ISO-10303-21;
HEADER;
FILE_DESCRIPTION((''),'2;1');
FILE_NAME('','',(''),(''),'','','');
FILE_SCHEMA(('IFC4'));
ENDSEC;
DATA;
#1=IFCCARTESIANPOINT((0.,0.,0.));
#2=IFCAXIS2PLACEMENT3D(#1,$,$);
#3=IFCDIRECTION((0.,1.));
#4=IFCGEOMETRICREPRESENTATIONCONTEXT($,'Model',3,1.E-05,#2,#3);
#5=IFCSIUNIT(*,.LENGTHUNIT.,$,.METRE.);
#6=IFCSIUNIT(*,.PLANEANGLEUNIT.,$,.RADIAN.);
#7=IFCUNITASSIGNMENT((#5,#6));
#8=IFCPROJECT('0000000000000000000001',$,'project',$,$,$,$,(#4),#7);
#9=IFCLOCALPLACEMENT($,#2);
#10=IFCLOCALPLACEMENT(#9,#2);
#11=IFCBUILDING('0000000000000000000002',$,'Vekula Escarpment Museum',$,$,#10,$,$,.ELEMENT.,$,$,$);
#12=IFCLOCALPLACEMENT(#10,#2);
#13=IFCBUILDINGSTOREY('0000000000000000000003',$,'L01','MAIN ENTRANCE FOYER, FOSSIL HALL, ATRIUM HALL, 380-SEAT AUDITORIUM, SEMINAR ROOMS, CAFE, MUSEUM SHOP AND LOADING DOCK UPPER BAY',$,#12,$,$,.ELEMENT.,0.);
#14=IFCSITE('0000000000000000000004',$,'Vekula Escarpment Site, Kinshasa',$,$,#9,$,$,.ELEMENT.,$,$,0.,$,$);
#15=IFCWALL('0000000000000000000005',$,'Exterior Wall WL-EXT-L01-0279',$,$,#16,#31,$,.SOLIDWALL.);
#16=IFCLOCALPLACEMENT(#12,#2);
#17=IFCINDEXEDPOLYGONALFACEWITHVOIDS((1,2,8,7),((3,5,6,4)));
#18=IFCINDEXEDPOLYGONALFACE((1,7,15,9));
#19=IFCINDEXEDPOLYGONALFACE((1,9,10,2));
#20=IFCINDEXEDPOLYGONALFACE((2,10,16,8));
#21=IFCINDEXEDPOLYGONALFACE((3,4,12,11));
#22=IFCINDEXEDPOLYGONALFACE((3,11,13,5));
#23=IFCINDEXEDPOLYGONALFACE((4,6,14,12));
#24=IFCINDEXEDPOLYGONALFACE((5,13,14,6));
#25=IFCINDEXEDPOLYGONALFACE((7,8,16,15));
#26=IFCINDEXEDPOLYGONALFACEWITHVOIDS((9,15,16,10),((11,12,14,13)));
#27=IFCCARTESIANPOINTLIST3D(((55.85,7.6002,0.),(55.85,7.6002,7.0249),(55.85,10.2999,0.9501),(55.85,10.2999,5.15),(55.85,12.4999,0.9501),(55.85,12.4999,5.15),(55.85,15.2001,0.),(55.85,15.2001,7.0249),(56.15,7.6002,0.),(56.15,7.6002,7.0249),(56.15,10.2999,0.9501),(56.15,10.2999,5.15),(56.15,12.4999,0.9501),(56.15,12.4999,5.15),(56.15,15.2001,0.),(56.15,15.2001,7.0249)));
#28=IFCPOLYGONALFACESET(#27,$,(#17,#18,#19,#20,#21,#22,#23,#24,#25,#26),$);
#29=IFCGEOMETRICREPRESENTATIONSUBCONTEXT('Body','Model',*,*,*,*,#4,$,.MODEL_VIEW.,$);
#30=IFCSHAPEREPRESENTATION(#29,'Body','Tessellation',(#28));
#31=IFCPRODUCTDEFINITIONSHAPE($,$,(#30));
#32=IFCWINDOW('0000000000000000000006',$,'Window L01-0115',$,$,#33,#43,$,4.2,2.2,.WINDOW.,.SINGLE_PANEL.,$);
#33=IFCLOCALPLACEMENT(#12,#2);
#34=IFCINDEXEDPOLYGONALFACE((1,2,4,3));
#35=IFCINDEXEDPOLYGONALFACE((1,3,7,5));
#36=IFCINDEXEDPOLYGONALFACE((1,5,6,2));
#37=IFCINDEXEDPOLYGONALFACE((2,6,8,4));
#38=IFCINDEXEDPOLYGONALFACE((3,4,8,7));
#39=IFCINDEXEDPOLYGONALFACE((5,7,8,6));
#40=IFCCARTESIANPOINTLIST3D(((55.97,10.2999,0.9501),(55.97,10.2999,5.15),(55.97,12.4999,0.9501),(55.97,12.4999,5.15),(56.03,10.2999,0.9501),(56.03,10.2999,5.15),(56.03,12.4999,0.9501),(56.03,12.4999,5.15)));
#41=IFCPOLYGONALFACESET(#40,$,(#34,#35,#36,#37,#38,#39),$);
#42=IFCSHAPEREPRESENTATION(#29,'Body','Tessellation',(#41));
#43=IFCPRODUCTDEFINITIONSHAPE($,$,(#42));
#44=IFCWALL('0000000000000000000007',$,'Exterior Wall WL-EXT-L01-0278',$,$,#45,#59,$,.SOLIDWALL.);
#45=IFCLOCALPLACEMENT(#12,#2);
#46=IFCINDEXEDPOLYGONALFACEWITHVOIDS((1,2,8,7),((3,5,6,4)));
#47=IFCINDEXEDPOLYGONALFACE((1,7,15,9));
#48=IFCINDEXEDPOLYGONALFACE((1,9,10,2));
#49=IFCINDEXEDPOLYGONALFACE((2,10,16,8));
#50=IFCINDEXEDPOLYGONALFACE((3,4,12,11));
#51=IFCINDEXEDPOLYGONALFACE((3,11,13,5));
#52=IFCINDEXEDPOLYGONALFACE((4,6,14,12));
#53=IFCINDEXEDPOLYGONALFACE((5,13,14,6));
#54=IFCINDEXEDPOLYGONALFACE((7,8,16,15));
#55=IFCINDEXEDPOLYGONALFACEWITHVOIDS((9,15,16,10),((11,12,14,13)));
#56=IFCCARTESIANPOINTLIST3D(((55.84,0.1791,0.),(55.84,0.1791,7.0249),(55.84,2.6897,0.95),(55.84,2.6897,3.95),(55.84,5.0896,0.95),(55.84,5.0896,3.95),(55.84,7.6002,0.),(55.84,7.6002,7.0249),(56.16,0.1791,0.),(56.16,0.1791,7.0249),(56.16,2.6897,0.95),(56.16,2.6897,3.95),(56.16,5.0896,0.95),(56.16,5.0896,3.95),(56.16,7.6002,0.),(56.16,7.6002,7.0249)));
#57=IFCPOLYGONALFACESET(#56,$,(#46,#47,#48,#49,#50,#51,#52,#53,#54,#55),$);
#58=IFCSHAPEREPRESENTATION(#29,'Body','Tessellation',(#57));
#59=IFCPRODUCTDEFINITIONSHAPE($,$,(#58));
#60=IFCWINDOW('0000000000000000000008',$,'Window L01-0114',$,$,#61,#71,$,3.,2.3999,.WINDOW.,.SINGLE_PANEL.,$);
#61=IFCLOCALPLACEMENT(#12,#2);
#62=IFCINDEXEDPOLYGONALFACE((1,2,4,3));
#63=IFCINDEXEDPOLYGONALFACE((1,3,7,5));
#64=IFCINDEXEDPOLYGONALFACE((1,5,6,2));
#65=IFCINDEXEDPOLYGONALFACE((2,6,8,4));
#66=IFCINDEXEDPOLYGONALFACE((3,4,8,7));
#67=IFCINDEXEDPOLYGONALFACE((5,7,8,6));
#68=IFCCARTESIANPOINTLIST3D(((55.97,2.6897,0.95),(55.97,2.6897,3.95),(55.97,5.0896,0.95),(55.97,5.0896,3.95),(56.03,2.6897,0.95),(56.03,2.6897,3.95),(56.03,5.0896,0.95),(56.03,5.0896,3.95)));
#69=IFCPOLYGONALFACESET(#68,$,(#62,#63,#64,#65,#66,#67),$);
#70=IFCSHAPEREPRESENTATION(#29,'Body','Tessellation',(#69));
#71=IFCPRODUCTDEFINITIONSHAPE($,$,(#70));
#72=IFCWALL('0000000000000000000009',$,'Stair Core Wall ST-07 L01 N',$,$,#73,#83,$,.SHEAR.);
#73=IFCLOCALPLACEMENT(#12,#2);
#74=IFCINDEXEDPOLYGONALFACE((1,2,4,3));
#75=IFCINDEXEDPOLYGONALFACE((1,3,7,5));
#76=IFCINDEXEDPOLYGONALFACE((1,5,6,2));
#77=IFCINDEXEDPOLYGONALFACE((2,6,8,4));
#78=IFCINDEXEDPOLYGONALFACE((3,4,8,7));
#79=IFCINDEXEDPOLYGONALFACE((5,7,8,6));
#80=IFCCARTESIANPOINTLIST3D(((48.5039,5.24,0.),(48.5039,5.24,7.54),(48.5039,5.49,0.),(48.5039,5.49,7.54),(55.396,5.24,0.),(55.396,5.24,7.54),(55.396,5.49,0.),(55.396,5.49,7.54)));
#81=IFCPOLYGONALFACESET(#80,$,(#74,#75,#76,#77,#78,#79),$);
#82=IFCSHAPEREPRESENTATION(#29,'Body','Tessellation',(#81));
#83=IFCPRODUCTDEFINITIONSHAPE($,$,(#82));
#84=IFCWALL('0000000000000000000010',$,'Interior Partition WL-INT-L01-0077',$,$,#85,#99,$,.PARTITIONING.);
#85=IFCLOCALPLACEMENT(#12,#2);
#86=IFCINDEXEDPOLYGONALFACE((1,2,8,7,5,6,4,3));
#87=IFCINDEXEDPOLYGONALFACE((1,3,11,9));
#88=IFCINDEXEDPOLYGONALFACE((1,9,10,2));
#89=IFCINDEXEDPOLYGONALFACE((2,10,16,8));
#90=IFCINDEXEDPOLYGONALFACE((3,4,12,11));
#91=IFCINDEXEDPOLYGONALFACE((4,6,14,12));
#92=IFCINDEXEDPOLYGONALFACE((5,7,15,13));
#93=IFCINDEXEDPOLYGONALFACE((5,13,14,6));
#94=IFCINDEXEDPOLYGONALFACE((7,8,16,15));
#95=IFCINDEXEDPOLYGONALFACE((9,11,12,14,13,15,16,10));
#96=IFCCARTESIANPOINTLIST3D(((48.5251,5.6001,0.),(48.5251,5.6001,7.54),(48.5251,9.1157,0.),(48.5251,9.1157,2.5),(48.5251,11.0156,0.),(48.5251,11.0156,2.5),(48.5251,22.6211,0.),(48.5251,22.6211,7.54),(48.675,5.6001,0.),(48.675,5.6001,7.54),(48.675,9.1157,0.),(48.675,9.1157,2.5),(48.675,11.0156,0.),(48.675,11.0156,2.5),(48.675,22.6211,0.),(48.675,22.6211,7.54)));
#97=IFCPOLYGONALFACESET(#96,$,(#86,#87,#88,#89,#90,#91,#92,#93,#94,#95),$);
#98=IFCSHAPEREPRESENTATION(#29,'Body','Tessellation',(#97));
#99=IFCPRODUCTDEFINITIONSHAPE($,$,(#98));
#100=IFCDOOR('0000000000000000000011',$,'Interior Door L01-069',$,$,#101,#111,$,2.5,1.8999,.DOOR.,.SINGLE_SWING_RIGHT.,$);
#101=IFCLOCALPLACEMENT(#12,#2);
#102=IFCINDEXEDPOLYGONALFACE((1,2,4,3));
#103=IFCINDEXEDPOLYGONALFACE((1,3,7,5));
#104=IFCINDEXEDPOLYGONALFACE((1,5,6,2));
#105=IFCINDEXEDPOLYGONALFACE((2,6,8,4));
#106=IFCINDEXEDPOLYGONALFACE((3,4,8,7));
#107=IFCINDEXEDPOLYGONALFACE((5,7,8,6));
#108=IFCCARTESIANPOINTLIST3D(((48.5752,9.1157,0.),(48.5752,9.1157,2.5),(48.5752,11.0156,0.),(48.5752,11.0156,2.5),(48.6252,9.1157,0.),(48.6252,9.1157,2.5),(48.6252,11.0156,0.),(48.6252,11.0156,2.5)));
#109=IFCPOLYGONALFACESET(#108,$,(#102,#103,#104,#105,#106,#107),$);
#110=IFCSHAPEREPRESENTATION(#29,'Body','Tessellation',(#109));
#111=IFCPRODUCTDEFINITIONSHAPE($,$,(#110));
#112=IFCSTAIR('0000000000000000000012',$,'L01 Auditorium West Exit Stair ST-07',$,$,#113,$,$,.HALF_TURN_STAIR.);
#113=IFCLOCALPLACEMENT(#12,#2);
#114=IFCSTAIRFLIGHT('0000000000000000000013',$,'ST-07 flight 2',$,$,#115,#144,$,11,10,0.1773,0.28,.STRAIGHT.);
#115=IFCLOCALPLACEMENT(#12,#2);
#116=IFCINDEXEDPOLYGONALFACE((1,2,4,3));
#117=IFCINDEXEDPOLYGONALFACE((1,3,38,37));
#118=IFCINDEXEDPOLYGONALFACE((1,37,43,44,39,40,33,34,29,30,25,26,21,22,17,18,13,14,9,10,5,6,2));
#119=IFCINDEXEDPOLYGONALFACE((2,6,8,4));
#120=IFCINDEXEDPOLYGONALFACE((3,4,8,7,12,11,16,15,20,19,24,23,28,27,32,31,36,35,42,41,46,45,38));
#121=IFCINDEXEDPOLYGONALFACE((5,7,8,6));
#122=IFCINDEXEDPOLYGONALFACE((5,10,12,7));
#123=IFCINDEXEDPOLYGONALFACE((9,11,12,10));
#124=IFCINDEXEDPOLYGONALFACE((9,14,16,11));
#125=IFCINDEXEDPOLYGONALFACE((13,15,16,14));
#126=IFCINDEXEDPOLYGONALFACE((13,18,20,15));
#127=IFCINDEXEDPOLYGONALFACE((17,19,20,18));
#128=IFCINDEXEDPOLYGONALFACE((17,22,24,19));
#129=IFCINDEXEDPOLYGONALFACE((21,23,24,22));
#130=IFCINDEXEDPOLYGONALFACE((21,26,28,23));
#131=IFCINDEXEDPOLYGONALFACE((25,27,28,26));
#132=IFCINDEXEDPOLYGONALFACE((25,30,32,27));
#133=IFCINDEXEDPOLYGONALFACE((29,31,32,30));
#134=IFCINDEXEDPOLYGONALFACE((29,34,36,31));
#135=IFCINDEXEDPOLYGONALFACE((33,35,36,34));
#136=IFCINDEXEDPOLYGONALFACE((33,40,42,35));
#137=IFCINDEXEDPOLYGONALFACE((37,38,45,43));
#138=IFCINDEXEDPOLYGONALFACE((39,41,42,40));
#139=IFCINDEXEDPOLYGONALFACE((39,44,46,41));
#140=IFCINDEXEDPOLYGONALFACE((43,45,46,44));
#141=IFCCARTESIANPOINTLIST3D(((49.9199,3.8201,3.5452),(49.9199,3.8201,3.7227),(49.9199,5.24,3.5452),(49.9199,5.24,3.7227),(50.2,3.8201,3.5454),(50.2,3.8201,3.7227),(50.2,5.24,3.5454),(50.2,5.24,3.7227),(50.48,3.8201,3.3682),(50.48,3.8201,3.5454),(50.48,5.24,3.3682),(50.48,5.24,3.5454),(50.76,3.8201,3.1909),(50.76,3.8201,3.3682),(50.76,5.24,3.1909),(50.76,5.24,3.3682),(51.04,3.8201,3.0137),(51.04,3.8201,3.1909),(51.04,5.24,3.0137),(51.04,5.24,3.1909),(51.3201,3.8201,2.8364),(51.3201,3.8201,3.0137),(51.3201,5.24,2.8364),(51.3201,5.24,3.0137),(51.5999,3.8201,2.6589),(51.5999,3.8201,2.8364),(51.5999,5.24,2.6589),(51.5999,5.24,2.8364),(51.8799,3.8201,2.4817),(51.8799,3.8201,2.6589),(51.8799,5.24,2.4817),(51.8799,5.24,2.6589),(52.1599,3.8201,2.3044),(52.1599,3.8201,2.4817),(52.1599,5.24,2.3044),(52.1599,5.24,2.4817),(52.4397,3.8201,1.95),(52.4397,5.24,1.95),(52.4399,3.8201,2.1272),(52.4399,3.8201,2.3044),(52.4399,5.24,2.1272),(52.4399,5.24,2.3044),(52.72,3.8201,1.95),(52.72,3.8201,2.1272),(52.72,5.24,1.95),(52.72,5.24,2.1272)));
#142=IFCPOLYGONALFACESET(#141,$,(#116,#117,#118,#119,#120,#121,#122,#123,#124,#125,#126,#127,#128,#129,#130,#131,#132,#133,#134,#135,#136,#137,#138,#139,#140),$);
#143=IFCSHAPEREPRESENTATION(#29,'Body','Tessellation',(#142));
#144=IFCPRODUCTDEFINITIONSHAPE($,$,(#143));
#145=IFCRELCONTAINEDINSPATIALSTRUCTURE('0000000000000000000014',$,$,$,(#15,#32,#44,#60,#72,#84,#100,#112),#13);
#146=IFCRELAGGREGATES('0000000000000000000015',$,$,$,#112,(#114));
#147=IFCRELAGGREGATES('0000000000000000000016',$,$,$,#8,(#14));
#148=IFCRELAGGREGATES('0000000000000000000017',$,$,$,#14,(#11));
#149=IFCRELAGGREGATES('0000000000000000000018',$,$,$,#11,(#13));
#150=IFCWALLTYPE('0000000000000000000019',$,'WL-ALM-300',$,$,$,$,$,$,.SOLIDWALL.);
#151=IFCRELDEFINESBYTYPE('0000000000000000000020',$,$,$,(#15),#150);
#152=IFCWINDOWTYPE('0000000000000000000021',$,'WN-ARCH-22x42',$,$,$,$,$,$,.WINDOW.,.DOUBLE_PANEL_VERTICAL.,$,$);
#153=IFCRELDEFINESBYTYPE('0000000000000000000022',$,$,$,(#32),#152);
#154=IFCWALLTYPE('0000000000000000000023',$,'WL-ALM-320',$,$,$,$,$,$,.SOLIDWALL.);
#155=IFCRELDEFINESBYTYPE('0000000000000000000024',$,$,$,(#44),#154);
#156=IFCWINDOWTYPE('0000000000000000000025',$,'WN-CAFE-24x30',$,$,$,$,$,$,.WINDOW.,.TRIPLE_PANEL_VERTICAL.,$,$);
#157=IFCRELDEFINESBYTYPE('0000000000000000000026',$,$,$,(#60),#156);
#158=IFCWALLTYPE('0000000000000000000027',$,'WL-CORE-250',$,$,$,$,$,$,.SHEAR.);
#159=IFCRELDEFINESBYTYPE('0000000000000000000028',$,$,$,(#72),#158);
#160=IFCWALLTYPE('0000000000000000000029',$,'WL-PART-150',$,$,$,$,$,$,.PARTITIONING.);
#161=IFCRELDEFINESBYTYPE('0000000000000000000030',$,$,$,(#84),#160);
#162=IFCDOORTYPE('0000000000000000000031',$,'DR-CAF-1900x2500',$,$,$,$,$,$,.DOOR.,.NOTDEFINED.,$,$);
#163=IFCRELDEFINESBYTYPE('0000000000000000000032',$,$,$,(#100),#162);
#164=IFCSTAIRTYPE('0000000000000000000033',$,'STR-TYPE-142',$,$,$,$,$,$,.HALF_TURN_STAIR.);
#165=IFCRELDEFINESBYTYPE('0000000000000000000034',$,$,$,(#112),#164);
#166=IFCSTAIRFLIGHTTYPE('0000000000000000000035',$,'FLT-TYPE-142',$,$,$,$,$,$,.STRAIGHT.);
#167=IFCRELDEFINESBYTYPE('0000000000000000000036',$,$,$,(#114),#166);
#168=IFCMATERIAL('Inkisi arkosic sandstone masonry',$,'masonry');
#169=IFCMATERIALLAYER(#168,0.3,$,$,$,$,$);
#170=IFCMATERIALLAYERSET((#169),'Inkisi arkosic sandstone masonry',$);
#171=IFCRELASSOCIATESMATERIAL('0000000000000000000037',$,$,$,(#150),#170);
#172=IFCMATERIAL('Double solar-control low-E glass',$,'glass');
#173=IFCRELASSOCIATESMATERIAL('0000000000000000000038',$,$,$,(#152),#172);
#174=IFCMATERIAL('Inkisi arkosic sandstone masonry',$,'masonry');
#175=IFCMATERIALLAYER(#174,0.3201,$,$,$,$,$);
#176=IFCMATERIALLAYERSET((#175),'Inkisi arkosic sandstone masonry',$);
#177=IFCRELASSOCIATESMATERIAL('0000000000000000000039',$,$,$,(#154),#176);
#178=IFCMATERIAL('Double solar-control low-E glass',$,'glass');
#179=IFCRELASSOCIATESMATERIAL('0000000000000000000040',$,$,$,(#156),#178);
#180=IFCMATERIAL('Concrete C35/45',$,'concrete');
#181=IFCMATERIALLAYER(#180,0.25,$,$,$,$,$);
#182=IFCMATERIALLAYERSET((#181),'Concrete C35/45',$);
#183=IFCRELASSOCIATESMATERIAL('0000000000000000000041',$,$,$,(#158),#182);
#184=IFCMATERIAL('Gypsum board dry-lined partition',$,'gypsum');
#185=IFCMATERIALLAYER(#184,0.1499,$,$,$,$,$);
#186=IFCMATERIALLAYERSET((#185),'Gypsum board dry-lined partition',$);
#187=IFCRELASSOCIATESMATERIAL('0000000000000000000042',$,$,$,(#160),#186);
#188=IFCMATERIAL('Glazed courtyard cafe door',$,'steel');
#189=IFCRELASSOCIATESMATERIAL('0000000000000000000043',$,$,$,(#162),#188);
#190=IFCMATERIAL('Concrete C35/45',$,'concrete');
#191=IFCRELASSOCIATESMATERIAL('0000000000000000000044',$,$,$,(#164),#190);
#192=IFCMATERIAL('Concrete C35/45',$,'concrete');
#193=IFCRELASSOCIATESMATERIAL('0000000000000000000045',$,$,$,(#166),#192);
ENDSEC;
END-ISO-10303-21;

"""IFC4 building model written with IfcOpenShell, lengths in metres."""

from ifc_helpers import new_model, si_unit, direction, frame, frame_2d, origin, place, context, subcontext, project, spatial, polyline, rectangle, outline, extrude, material, layer, layer_set, type_object, element, fill, aggregate, save


model = new_model("IFC4")

# Units and contexts
model_context = context("Model", 3, precision=1e-05, world=origin(), true_north=direction((0.0, 1.0)))
body_context = subcontext(model_context, "Body", "Model", "MODEL_VIEW")
ifc_project = project(units=[si_unit("LENGTHUNIT", "METRE"), si_unit("PLANEANGLEUNIT", "RADIAN")], contexts=[model_context])

# Site, building, storey
site_placement = place(None, origin())
site = spatial("IfcSite", under=ifc_project, at=site_placement, Name="Vekula Escarpment Site, Kinshasa", CompositionType="ELEMENT", RefElevation=0.0)
building_placement = place(site_placement, origin())
building = spatial("IfcBuilding", under=site, at=building_placement, Name="Vekula Escarpment Museum", CompositionType="ELEMENT")
storey_placement = place(building_placement, origin())
storey = spatial("IfcBuildingStorey", under=building, at=storey_placement, Name="L01", Description="MAIN ENTRANCE FOYER, FOSSIL HALL, ATRIUM HALL, 380-SEAT AUDITORIUM, SEMINAR ROOMS, CAFE, MUSEUM SHOP AND LOADING DOCK UPPER BAY", CompositionType="ELEMENT", Elevation=0.0)

# Walls, openings, windows
ifc_material_1 = material(Name="Inkisi arkosic sandstone masonry", Category="masonry")
ifc_layer_1 = layer(ifc_material_1, 0.3)
ifc_layer_set_1 = layer_set([ifc_layer_1], Name="Inkisi arkosic sandstone masonry")
wall_type_1 = type_object("IfcWallType", Name="WL-ALM-300", PredefinedType="SOLIDWALL", material=ifc_layer_set_1)
wall_1_placement = place(storey_placement, frame((56.0, 15.2, 0.0), z_axis=(0.0, 0.0, 1.0), x_axis=(0.0, -1.0, 0.0)))
wall_1 = element("IfcWall", 1, at=wall_1_placement, inside=storey, type_object=wall_type_1, Name="Exterior Wall WL-EXT-L01-0279", PredefinedType="SOLIDWALL", context=body_context, shape_type="SweptSolid", body=[
    extrude(rectangle(XDim=7.5999, YDim=0.3, at=frame_2d((3.7998, 0.0))), origin(), (0.0, 0.0, 1.0), 7.0249),
])
opening_1_placement = place(wall_1_placement, frame((2.7, 0.0, 0.95)))
opening_1 = element("IfcOpeningElement", 2, at=opening_1_placement, cuts=wall_1, PredefinedType="OPENING", context=body_context, shape_type="SweptSolid", body=[
    extrude(rectangle(XDim=2.2, YDim=4.2, at=frame_2d((1.1001, 2.1001))), frame((0.0, 0.1599, 0.0), z_axis=(0.0, -1.0, 0.0), x_axis=(1.0, 0.0, 0.0)), (0.0, 0.0, 1.0), 0.3201),
])
ifc_material_2 = material(Name="Double solar-control low-E glass", Category="glass")
window_type_1 = type_object("IfcWindowType", Name="WN-ARCH-22x42", PartitioningType="DOUBLE_PANEL_VERTICAL", PredefinedType="WINDOW", material=ifc_material_2)
window_1_placement = place(opening_1_placement, origin())
window_1 = element("IfcWindow", 3, at=window_1_placement, inside=storey, type_object=window_type_1, Name="Window L01-0115", OverallHeight=4.2, OverallWidth=2.2, PartitioningType="SINGLE_PANEL", PredefinedType="WINDOW", context=body_context, shape_type="SweptSolid", body=[
    extrude(rectangle(XDim=2.2, YDim=4.2, at=frame_2d((1.1001, 2.1001))), frame((0.0, 0.03, 0.0), z_axis=(0.0, -1.0, 0.0), x_axis=(1.0, 0.0, 0.0)), (0.0, 0.0, 1.0), 0.0601),
])
fill(opening_1, window_1)
ifc_material_3 = material(Name="Inkisi arkosic sandstone masonry", Category="masonry")
ifc_layer_2 = layer(ifc_material_3, 0.3201)
ifc_layer_set_2 = layer_set([ifc_layer_2], Name="Inkisi arkosic sandstone masonry")
wall_type_2 = type_object("IfcWallType", Name="WL-ALM-320", PredefinedType="SOLIDWALL", material=ifc_layer_set_2)
wall_2_placement = place(storey_placement, frame((56.0, 7.6001, 0.0), z_axis=(0.0, 0.0, 1.0), x_axis=(0.0, -1.0, 0.0)))
wall_2 = element("IfcWall", 4, at=wall_2_placement, inside=storey, type_object=wall_type_2, Name="Exterior Wall WL-EXT-L01-0278", PredefinedType="SOLIDWALL", context=body_context, shape_type="SweptSolid", body=[
    extrude(rectangle(XDim=7.4211, YDim=0.3201, at=frame_2d((3.7104, 0.0))), origin(), (0.0, 0.0, 1.0), 7.0249),
])
opening_2_placement = place(wall_2_placement, frame((2.5105, 0.0, 0.95)))
opening_2 = element("IfcOpeningElement", 5, at=opening_2_placement, cuts=wall_2, PredefinedType="OPENING", context=body_context, shape_type="SweptSolid", body=[
    extrude(rectangle(XDim=2.3999, YDim=3.0, at=frame_2d((1.2, 1.5))), frame((0.0, 0.1699, 0.0), z_axis=(0.0, -1.0, 0.0), x_axis=(1.0, 0.0, 0.0)), (0.0, 0.0, 1.0), 0.3401),
])
ifc_material_4 = material(Name="Double solar-control low-E glass", Category="glass")
window_type_2 = type_object("IfcWindowType", Name="WN-CAFE-24x30", PartitioningType="TRIPLE_PANEL_VERTICAL", PredefinedType="WINDOW", material=ifc_material_4)
window_2_placement = place(opening_2_placement, origin())
window_2 = element("IfcWindow", 6, at=window_2_placement, inside=storey, type_object=window_type_2, Name="Window L01-0114", OverallHeight=3.0, OverallWidth=2.3999, PartitioningType="SINGLE_PANEL", PredefinedType="WINDOW", context=body_context, shape_type="SweptSolid", body=[
    extrude(rectangle(XDim=2.3999, YDim=3.0, at=frame_2d((1.2, 1.5))), frame((0.0, 0.03, 0.0), z_axis=(0.0, -1.0, 0.0), x_axis=(1.0, 0.0, 0.0)), (0.0, 0.0, 1.0), 0.0601),
])
fill(opening_2, window_2)

# Wall
ifc_material_5 = material(Name="Concrete C35/45", Category="concrete")
ifc_layer_3 = layer(ifc_material_5, 0.25)
ifc_layer_set_3 = layer_set([ifc_layer_3], Name="Concrete C35/45")
wall_type_3 = type_object("IfcWallType", Name="WL-CORE-250", PredefinedType="SHEAR", material=ifc_layer_set_3)
wall_3_placement = place(storey_placement, frame((48.5039, 5.365, 0.0), z_axis=(0.0, 0.0, 1.0), x_axis=(1.0, 0.0, 0.0)))
element("IfcWall", 7, at=wall_3_placement, inside=storey, type_object=wall_type_3, Name="Stair Core Wall ST-07 L01 N", PredefinedType="SHEAR", context=body_context, shape_type="SweptSolid", body=[
    extrude(rectangle(XDim=6.8921, YDim=0.25, at=frame_2d((3.446, 0.0))), origin(), (0.0, 0.0, 1.0), 7.54),
])

# Wall, opening, door
ifc_material_6 = material(Name="Gypsum board dry-lined partition", Category="gypsum")
ifc_layer_4 = layer(ifc_material_6, 0.1499)
ifc_layer_set_4 = layer_set([ifc_layer_4], Name="Gypsum board dry-lined partition")
wall_type_4 = type_object("IfcWallType", Name="WL-PART-150", PredefinedType="PARTITIONING", material=ifc_layer_set_4)
wall_4_placement = place(storey_placement, frame((48.6001, 5.6001, 0.0), z_axis=(0.0, 0.0, 1.0), x_axis=(0.0, 1.0, 0.0)))
wall_4 = element("IfcWall", 8, at=wall_4_placement, inside=storey, type_object=wall_type_4, Name="Interior Partition WL-INT-L01-0077", PredefinedType="PARTITIONING", context=body_context, shape_type="SweptSolid", body=[
    extrude(rectangle(XDim=17.021, YDim=0.1499, at=frame_2d((8.5105, 0.0))), origin(), (0.0, 0.0, 1.0), 7.54),
])
opening_3_placement = place(wall_4_placement, frame((3.5156, 0.0, 0.0)))
opening_3 = element("IfcOpeningElement", 9, at=opening_3_placement, cuts=wall_4, PredefinedType="OPENING", context=body_context, shape_type="SweptSolid", body=[
    extrude(rectangle(XDim=1.8999, YDim=2.5, at=frame_2d((0.95, 1.25))), frame((0.0, 0.085, 0.0), z_axis=(0.0, -1.0, 0.0), x_axis=(1.0, 0.0, 0.0)), (0.0, 0.0, 1.0), 0.1699),
])
ifc_material_7 = material(Name="Glazed courtyard cafe door", Category="steel")
door_type = type_object("IfcDoorType", Name="DR-CAF-1900x2500", OperationType="NOTDEFINED", PredefinedType="DOOR", material=ifc_material_7)
door_placement = place(opening_3_placement, origin())
door = element("IfcDoor", 10, at=door_placement, inside=storey, type_object=door_type, Name="Interior Door L01-069", OperationType="SINGLE_SWING_RIGHT", OverallHeight=2.5, OverallWidth=1.8999, PredefinedType="DOOR", context=body_context, shape_type="SweptSolid", body=[
    extrude(rectangle(XDim=1.8999, YDim=2.5, at=frame_2d((0.95, 1.25))), frame((0.0, 0.0249, 0.0), z_axis=(0.0, -1.0, 0.0), x_axis=(1.0, 0.0, 0.0)), (0.0, 0.0, 1.0), 0.05),
])
fill(opening_3, door)

# Stair, stair flight
ifc_material_8 = material(Name="Concrete C35/45", Category="concrete")
stair_type = type_object("IfcStairType", Name="STR-TYPE-142", PredefinedType="HALF_TURN_STAIR", material=ifc_material_8)
stair_placement = place(storey_placement, origin())
stair = element("IfcStair", 11, at=stair_placement, inside=storey, type_object=stair_type, Name="L01 Auditorium West Exit Stair ST-07", PredefinedType="HALF_TURN_STAIR")
ifc_material_9 = material(Name="Concrete C35/45", Category="concrete")
stair_flight_type = type_object("IfcStairFlightType", Name="FLT-TYPE-142", PredefinedType="STRAIGHT", material=ifc_material_9)
stair_flight_1_placement = place(storey_placement, frame((52.72, 4.53, 1.95), z_axis=(0.0, 0.0, 1.0), x_axis=(-1.0, 0.0, 0.0)))
stair_flight_1 = element("IfcStairFlight", 12, at=stair_flight_1_placement, type_object=stair_flight_type, Name="ST-07 flight 2", NumberOfRisers=11, NumberOfTreads=10, PredefinedType="STRAIGHT", RiserHeight=0.1773, TreadLength=0.28, context=body_context, shape_type="SweptSolid", body=[
    extrude(outline(polyline([(0.0, 0.0), (0.0, 0.1772), (0.28, 0.1772), (0.28, 0.3545), (0.5601, 0.3545), (0.5601, 0.5317), (0.8401, 0.5317), (0.8401, 0.709), (1.1201, 0.709), (1.1201, 0.8865), (1.3999, 0.8865), (1.3999, 1.0637), (1.6799, 1.0637), (1.6799, 1.241), (1.96, 1.241), (1.96, 1.4182), (2.24, 1.4182), (2.24, 1.5955), (2.52, 1.5955), (2.52, 1.7727), (2.8, 1.7727), (2.8, 1.95), (2.8, 1.5952), (0.2803, 0.0), (0.0, 0.0)])), frame((0.0, 0.71, 0.0), z_axis=(0.0, -1.0, 0.0), x_axis=(1.0, 0.0, 0.0)), (0.0, 0.0, 1.0), 1.4199),
])
aggregate(stair, [stair_flight_1])

save(model, "model.ifc")
